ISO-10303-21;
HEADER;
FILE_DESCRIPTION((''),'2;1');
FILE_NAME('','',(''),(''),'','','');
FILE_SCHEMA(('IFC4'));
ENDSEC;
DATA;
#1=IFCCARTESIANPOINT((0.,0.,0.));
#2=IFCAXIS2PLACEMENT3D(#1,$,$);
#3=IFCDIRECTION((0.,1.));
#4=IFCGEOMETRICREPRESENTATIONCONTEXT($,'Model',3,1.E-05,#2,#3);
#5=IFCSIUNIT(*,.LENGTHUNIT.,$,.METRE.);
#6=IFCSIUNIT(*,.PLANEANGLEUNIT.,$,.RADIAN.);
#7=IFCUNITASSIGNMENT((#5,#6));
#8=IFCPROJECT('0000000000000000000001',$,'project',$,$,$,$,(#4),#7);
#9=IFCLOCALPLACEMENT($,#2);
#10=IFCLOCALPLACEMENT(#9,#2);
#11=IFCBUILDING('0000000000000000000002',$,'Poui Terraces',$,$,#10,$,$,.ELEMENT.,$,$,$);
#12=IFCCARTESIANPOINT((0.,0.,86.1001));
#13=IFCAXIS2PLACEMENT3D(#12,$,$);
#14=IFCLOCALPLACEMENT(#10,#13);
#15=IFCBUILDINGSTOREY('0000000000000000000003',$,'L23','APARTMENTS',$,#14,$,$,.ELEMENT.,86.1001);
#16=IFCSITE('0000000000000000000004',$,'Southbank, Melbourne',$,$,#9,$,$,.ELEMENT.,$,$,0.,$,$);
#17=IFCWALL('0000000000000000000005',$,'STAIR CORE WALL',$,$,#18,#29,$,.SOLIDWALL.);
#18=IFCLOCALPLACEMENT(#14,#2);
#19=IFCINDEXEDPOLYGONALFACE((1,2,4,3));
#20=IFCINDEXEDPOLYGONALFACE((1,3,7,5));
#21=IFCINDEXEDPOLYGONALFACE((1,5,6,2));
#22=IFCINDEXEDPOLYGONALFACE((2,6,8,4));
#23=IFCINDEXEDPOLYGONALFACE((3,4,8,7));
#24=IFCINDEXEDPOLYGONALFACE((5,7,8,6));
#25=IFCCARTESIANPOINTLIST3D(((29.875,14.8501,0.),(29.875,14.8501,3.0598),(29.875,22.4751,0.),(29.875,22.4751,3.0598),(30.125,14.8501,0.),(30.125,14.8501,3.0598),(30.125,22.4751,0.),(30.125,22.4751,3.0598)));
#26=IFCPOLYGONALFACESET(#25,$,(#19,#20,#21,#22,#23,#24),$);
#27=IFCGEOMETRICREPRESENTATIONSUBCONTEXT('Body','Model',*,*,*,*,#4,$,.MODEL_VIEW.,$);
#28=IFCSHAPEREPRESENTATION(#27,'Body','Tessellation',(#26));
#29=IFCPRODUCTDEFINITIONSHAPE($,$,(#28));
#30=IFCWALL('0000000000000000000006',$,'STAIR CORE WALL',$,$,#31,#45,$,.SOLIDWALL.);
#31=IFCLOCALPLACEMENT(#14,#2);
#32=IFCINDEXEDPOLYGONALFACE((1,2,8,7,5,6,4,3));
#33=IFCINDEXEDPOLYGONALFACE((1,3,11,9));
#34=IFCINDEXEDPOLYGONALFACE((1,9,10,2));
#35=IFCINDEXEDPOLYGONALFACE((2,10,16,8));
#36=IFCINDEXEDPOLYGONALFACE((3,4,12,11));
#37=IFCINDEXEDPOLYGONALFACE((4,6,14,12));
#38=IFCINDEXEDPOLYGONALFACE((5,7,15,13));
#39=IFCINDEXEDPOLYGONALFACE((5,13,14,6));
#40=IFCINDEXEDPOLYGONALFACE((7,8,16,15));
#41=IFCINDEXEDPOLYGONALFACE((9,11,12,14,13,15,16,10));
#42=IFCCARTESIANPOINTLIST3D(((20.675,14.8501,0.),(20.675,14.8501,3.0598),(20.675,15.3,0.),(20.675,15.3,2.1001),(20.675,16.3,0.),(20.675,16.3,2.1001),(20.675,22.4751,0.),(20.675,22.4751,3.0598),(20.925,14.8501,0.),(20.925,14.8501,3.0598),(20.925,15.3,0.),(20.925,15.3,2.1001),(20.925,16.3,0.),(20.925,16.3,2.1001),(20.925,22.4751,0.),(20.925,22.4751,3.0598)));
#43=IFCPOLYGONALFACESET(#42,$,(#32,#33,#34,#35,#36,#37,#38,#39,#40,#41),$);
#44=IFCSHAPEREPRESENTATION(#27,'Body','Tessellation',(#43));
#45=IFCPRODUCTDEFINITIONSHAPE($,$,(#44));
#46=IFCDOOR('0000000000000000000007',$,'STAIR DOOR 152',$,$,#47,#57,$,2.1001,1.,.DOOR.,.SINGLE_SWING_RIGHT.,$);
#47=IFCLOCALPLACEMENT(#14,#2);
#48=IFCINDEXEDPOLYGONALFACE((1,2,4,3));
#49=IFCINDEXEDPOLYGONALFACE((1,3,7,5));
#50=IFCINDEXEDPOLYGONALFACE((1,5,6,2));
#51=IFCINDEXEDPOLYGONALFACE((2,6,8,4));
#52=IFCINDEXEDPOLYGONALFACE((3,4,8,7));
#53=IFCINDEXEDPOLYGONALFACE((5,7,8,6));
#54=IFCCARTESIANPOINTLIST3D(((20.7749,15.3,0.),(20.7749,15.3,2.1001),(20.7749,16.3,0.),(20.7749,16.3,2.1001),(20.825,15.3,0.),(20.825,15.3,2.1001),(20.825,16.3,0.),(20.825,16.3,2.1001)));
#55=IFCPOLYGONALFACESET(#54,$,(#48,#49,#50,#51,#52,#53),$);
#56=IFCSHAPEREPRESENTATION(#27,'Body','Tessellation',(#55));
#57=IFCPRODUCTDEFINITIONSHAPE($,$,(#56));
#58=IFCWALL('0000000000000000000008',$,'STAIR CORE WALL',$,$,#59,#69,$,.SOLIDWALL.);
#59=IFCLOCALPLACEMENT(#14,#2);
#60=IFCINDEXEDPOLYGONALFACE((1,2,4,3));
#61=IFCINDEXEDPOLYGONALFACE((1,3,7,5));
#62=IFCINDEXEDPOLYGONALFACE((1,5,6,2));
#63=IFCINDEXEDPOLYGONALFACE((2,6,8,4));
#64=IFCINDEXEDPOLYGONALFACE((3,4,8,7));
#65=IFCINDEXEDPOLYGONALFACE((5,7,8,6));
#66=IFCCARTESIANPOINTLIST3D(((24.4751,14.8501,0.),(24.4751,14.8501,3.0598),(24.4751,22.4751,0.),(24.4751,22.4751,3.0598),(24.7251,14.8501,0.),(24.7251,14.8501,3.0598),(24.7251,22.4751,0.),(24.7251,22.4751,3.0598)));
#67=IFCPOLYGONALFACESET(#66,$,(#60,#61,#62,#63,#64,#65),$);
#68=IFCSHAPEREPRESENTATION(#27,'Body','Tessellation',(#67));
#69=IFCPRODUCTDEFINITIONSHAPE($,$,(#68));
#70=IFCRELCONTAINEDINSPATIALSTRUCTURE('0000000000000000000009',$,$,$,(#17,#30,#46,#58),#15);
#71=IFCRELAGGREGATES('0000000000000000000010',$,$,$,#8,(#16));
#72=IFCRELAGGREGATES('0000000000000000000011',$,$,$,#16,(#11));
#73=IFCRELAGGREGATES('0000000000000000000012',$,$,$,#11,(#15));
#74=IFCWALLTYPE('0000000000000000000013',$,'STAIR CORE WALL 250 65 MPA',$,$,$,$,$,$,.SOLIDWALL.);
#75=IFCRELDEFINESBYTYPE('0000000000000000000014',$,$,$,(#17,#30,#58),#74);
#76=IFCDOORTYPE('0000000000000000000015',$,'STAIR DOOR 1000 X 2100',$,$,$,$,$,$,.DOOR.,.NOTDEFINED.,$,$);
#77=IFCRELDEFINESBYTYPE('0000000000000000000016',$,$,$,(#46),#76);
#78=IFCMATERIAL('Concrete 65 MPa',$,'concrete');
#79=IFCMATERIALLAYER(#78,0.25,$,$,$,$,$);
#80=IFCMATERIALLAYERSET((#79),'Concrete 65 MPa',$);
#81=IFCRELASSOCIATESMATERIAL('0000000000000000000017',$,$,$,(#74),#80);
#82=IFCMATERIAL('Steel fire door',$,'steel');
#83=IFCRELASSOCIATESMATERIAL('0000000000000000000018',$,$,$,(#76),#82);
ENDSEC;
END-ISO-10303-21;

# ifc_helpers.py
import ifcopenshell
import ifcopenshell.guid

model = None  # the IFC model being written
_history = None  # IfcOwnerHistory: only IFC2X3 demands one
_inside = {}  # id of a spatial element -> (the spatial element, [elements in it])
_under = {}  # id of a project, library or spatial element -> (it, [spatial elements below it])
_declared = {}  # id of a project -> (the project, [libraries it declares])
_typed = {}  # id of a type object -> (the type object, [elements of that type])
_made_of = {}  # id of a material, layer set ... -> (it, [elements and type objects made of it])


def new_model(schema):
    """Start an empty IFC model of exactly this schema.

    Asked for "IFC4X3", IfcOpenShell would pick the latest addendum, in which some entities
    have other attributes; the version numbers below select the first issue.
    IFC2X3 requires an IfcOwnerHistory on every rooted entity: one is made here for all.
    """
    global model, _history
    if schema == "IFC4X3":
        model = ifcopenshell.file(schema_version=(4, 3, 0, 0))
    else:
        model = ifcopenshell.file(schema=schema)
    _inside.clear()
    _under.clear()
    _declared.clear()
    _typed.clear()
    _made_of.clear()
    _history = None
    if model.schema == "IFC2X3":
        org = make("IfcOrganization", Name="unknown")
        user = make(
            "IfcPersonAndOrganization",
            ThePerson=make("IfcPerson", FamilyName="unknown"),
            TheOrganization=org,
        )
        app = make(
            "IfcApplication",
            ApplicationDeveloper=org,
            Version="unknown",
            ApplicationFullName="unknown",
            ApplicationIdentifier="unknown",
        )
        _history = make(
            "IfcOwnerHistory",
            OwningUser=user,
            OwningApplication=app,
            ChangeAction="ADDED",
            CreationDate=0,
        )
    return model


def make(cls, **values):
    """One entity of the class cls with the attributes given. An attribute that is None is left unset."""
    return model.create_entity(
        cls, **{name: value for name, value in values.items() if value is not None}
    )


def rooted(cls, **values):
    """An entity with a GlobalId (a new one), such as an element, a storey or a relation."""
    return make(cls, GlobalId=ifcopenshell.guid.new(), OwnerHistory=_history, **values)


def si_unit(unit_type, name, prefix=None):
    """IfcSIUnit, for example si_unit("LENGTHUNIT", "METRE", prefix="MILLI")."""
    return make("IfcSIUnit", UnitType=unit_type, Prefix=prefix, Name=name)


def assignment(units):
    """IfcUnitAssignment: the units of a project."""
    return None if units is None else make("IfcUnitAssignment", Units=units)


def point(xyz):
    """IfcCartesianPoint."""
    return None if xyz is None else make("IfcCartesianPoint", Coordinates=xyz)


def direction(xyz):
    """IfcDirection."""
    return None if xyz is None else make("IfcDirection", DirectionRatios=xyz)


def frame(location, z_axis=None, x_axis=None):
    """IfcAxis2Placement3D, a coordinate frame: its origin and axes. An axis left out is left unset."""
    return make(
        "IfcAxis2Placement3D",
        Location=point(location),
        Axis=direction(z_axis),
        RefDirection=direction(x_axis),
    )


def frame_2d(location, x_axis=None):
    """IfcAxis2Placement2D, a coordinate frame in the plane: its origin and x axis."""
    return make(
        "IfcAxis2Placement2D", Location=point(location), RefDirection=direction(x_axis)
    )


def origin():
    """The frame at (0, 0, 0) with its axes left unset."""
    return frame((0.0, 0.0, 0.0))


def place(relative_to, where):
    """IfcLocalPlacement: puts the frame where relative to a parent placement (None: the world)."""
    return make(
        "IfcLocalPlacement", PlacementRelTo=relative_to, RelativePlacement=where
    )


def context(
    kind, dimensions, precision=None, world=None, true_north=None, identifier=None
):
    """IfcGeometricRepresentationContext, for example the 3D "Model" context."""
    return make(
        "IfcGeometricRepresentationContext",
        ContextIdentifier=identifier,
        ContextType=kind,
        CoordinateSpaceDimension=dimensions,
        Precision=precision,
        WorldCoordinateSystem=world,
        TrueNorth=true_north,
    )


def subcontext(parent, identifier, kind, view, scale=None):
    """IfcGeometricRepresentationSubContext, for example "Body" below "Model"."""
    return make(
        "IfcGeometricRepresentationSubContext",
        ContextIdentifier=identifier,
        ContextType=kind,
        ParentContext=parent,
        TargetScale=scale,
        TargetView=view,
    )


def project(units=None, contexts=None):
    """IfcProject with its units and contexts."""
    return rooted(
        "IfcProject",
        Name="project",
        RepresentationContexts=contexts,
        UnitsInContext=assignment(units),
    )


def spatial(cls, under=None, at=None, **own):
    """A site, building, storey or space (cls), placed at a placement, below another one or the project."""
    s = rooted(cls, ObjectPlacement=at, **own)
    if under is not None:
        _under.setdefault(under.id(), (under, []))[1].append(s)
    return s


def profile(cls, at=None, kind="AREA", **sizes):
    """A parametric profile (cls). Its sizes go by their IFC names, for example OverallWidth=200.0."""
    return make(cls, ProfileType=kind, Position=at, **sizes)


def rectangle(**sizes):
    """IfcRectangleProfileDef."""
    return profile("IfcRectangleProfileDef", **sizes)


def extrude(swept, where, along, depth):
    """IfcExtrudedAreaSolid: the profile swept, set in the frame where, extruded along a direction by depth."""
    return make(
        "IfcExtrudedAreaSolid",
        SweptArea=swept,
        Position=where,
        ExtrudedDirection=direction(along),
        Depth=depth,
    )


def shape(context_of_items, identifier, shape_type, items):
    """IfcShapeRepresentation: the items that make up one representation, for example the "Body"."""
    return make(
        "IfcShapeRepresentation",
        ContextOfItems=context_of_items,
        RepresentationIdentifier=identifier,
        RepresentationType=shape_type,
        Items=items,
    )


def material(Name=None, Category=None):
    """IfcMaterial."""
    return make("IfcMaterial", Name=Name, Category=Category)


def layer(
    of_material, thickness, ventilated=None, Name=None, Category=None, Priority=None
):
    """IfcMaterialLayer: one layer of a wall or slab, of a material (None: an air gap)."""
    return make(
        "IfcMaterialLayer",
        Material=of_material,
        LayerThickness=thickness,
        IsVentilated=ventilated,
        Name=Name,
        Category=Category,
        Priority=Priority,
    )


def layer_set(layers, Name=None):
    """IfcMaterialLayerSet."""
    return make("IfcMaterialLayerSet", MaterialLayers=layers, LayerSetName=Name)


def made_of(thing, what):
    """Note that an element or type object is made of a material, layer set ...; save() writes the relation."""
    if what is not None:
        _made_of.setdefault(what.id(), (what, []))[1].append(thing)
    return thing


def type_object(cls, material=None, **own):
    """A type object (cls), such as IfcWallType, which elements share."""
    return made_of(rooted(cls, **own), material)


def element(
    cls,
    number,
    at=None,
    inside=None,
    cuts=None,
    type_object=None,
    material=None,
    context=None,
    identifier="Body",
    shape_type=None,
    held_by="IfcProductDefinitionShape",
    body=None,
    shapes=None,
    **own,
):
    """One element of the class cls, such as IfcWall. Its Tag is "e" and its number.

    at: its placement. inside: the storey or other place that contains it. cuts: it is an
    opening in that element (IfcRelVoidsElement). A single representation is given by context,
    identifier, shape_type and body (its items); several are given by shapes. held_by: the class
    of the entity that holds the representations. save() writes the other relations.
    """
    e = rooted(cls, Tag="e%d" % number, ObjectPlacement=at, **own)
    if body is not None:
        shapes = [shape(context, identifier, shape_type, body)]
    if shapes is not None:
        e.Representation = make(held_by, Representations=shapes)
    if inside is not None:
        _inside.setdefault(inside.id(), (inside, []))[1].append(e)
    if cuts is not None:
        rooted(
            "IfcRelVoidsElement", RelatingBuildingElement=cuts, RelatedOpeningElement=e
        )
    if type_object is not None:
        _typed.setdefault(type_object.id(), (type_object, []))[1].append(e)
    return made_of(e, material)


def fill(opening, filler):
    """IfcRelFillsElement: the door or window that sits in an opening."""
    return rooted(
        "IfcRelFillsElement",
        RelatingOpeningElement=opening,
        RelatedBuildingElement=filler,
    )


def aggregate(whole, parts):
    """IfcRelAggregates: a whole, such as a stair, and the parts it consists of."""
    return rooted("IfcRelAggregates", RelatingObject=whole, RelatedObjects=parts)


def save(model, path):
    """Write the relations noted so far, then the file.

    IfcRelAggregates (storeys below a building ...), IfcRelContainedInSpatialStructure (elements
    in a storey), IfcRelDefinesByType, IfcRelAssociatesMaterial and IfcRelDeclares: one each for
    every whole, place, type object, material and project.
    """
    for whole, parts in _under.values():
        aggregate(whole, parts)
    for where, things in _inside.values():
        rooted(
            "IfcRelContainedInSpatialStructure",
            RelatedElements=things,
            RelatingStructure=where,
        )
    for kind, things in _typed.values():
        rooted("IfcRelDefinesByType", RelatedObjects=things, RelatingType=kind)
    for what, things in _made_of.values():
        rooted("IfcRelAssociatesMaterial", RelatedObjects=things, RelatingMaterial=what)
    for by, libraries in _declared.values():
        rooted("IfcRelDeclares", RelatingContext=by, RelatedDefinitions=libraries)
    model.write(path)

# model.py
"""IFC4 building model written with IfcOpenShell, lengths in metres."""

from ifc_helpers import new_model, si_unit, direction, frame, frame_2d, origin, place, context, subcontext, project, spatial, rectangle, extrude, material, layer, layer_set, type_object, element, fill, save


model = new_model("IFC4")

# Units and contexts
model_context = context("Model", 3, precision=1e-05, world=origin(), true_north=direction((0.0, 1.0)))
body_context = subcontext(model_context, "Body", "Model", "MODEL_VIEW")
ifc_project = project(units=[si_unit("LENGTHUNIT", "METRE"), si_unit("PLANEANGLEUNIT", "RADIAN")], contexts=[model_context])

# Site, building, storey
site_placement = place(None, origin())
site = spatial("IfcSite", under=ifc_project, at=site_placement, Name="Southbank, Melbourne", CompositionType="ELEMENT", RefElevation=0.0)
building_placement = place(site_placement, origin())
building = spatial("IfcBuilding", under=site, at=building_placement, Name="Poui Terraces", CompositionType="ELEMENT")
storey_placement = place(building_placement, frame((0.0, 0.0, 86.1001)))
storey = spatial("IfcBuildingStorey", under=building, at=storey_placement, Name="L23", Description="APARTMENTS", CompositionType="ELEMENT", Elevation=86.1001)

# Shared definitions
ifc_material_1 = material(Name="Concrete 65 MPa", Category="concrete")

# Shared definitions
ifc_material_2 = material(Name="Steel fire door", Category="steel")

# Wall
ifc_layer_1 = layer(ifc_material_1, 0.25)
ifc_layer_set_1 = layer_set([ifc_layer_1], Name="Concrete 65 MPa")
wall_type_1 = type_object("IfcWallType", Name="STAIR CORE WALL 250 65 MPA", PredefinedType="SOLIDWALL", material=ifc_layer_set_1)
wall_1_placement = place(storey_placement, frame((30.0, 14.8501, 0.0), z_axis=(0.0, 0.0, 1.0), x_axis=(0.0, 1.0, 0.0)))
element("IfcWall", 1, at=wall_1_placement, inside=storey, type_object=wall_type_1, Name="STAIR CORE WALL", PredefinedType="SOLIDWALL", context=body_context, shape_type="SweptSolid", body=[
    extrude(rectangle(XDim=7.625, YDim=0.25, at=frame_2d((3.8125, 0.0))), origin(), (0.0, 0.0, 1.0), 3.0598),
])

# Wall, opening, door
wall_2_placement = place(storey_placement, frame((20.8, 14.8501, 0.0), z_axis=(0.0, 0.0, 1.0), x_axis=(0.0, 1.0, 0.0)))
wall_2 = element("IfcWall", 2, at=wall_2_placement, inside=storey, type_object=wall_type_1, Name="STAIR CORE WALL", PredefinedType="SOLIDWALL", context=body_context, shape_type="SweptSolid", body=[
    extrude(rectangle(XDim=7.625, YDim=0.25, at=frame_2d((3.8125, 0.0))), origin(), (0.0, 0.0, 1.0), 3.0598),
])
opening_1_placement = place(wall_2_placement, frame((0.45, 0.0, 0.0)))
opening_1 = element("IfcOpeningElement", 3, at=opening_1_placement, cuts=wall_2, PredefinedType="OPENING", context=body_context, shape_type="SweptSolid", body=[
    extrude(rectangle(XDim=1.0, YDim=2.1001, at=frame_2d((0.5, 1.05))), frame((0.0, 0.135, 0.0), z_axis=(0.0, -1.0, 0.0), x_axis=(1.0, 0.0, 0.0)), (0.0, 0.0, 1.0), 0.27),
])
door_type_1 = type_object("IfcDoorType", Name="STAIR DOOR 1000 X 2100", OperationType="NOTDEFINED", PredefinedType="DOOR", material=ifc_material_2)
door_1_placement = place(opening_1_placement, frame((1.0, 0.0, 0.0), z_axis=(0.0, 0.0, 1.0), x_axis=(-1.0, 0.0, 0.0)))
door_1 = element("IfcDoor", 4, at=door_1_placement, inside=storey, type_object=door_type_1, Name="STAIR DOOR 152", OperationType="SINGLE_SWING_RIGHT", OverallHeight=2.1001, OverallWidth=1.0, PredefinedType="DOOR", context=body_context, shape_type="SweptSolid", body=[
    extrude(rectangle(XDim=1.0, YDim=2.1001, at=frame_2d((0.5, 1.05))), frame((0.0, 0.0249, 0.0), z_axis=(0.0, -1.0, 0.0), x_axis=(1.0, 0.0, 0.0)), (0.0, 0.0, 1.0), 0.05),
])
fill(opening_1, door_1)

# Wall
wall_3_placement = place(storey_placement, frame((24.6001, 14.8501, 0.0), z_axis=(0.0, 0.0, 1.0), x_axis=(0.0, 1.0, 0.0)))
element("IfcWall", 5, at=wall_3_placement, inside=storey, type_object=wall_type_1, Name="STAIR CORE WALL", PredefinedType="SOLIDWALL", context=body_context, shape_type="SweptSolid", body=[
    extrude(rectangle(XDim=7.625, YDim=0.25, at=frame_2d((3.8125, 0.0))), origin(), (0.0, 0.0, 1.0), 3.0598),
])

save(model, "model.ifc")
